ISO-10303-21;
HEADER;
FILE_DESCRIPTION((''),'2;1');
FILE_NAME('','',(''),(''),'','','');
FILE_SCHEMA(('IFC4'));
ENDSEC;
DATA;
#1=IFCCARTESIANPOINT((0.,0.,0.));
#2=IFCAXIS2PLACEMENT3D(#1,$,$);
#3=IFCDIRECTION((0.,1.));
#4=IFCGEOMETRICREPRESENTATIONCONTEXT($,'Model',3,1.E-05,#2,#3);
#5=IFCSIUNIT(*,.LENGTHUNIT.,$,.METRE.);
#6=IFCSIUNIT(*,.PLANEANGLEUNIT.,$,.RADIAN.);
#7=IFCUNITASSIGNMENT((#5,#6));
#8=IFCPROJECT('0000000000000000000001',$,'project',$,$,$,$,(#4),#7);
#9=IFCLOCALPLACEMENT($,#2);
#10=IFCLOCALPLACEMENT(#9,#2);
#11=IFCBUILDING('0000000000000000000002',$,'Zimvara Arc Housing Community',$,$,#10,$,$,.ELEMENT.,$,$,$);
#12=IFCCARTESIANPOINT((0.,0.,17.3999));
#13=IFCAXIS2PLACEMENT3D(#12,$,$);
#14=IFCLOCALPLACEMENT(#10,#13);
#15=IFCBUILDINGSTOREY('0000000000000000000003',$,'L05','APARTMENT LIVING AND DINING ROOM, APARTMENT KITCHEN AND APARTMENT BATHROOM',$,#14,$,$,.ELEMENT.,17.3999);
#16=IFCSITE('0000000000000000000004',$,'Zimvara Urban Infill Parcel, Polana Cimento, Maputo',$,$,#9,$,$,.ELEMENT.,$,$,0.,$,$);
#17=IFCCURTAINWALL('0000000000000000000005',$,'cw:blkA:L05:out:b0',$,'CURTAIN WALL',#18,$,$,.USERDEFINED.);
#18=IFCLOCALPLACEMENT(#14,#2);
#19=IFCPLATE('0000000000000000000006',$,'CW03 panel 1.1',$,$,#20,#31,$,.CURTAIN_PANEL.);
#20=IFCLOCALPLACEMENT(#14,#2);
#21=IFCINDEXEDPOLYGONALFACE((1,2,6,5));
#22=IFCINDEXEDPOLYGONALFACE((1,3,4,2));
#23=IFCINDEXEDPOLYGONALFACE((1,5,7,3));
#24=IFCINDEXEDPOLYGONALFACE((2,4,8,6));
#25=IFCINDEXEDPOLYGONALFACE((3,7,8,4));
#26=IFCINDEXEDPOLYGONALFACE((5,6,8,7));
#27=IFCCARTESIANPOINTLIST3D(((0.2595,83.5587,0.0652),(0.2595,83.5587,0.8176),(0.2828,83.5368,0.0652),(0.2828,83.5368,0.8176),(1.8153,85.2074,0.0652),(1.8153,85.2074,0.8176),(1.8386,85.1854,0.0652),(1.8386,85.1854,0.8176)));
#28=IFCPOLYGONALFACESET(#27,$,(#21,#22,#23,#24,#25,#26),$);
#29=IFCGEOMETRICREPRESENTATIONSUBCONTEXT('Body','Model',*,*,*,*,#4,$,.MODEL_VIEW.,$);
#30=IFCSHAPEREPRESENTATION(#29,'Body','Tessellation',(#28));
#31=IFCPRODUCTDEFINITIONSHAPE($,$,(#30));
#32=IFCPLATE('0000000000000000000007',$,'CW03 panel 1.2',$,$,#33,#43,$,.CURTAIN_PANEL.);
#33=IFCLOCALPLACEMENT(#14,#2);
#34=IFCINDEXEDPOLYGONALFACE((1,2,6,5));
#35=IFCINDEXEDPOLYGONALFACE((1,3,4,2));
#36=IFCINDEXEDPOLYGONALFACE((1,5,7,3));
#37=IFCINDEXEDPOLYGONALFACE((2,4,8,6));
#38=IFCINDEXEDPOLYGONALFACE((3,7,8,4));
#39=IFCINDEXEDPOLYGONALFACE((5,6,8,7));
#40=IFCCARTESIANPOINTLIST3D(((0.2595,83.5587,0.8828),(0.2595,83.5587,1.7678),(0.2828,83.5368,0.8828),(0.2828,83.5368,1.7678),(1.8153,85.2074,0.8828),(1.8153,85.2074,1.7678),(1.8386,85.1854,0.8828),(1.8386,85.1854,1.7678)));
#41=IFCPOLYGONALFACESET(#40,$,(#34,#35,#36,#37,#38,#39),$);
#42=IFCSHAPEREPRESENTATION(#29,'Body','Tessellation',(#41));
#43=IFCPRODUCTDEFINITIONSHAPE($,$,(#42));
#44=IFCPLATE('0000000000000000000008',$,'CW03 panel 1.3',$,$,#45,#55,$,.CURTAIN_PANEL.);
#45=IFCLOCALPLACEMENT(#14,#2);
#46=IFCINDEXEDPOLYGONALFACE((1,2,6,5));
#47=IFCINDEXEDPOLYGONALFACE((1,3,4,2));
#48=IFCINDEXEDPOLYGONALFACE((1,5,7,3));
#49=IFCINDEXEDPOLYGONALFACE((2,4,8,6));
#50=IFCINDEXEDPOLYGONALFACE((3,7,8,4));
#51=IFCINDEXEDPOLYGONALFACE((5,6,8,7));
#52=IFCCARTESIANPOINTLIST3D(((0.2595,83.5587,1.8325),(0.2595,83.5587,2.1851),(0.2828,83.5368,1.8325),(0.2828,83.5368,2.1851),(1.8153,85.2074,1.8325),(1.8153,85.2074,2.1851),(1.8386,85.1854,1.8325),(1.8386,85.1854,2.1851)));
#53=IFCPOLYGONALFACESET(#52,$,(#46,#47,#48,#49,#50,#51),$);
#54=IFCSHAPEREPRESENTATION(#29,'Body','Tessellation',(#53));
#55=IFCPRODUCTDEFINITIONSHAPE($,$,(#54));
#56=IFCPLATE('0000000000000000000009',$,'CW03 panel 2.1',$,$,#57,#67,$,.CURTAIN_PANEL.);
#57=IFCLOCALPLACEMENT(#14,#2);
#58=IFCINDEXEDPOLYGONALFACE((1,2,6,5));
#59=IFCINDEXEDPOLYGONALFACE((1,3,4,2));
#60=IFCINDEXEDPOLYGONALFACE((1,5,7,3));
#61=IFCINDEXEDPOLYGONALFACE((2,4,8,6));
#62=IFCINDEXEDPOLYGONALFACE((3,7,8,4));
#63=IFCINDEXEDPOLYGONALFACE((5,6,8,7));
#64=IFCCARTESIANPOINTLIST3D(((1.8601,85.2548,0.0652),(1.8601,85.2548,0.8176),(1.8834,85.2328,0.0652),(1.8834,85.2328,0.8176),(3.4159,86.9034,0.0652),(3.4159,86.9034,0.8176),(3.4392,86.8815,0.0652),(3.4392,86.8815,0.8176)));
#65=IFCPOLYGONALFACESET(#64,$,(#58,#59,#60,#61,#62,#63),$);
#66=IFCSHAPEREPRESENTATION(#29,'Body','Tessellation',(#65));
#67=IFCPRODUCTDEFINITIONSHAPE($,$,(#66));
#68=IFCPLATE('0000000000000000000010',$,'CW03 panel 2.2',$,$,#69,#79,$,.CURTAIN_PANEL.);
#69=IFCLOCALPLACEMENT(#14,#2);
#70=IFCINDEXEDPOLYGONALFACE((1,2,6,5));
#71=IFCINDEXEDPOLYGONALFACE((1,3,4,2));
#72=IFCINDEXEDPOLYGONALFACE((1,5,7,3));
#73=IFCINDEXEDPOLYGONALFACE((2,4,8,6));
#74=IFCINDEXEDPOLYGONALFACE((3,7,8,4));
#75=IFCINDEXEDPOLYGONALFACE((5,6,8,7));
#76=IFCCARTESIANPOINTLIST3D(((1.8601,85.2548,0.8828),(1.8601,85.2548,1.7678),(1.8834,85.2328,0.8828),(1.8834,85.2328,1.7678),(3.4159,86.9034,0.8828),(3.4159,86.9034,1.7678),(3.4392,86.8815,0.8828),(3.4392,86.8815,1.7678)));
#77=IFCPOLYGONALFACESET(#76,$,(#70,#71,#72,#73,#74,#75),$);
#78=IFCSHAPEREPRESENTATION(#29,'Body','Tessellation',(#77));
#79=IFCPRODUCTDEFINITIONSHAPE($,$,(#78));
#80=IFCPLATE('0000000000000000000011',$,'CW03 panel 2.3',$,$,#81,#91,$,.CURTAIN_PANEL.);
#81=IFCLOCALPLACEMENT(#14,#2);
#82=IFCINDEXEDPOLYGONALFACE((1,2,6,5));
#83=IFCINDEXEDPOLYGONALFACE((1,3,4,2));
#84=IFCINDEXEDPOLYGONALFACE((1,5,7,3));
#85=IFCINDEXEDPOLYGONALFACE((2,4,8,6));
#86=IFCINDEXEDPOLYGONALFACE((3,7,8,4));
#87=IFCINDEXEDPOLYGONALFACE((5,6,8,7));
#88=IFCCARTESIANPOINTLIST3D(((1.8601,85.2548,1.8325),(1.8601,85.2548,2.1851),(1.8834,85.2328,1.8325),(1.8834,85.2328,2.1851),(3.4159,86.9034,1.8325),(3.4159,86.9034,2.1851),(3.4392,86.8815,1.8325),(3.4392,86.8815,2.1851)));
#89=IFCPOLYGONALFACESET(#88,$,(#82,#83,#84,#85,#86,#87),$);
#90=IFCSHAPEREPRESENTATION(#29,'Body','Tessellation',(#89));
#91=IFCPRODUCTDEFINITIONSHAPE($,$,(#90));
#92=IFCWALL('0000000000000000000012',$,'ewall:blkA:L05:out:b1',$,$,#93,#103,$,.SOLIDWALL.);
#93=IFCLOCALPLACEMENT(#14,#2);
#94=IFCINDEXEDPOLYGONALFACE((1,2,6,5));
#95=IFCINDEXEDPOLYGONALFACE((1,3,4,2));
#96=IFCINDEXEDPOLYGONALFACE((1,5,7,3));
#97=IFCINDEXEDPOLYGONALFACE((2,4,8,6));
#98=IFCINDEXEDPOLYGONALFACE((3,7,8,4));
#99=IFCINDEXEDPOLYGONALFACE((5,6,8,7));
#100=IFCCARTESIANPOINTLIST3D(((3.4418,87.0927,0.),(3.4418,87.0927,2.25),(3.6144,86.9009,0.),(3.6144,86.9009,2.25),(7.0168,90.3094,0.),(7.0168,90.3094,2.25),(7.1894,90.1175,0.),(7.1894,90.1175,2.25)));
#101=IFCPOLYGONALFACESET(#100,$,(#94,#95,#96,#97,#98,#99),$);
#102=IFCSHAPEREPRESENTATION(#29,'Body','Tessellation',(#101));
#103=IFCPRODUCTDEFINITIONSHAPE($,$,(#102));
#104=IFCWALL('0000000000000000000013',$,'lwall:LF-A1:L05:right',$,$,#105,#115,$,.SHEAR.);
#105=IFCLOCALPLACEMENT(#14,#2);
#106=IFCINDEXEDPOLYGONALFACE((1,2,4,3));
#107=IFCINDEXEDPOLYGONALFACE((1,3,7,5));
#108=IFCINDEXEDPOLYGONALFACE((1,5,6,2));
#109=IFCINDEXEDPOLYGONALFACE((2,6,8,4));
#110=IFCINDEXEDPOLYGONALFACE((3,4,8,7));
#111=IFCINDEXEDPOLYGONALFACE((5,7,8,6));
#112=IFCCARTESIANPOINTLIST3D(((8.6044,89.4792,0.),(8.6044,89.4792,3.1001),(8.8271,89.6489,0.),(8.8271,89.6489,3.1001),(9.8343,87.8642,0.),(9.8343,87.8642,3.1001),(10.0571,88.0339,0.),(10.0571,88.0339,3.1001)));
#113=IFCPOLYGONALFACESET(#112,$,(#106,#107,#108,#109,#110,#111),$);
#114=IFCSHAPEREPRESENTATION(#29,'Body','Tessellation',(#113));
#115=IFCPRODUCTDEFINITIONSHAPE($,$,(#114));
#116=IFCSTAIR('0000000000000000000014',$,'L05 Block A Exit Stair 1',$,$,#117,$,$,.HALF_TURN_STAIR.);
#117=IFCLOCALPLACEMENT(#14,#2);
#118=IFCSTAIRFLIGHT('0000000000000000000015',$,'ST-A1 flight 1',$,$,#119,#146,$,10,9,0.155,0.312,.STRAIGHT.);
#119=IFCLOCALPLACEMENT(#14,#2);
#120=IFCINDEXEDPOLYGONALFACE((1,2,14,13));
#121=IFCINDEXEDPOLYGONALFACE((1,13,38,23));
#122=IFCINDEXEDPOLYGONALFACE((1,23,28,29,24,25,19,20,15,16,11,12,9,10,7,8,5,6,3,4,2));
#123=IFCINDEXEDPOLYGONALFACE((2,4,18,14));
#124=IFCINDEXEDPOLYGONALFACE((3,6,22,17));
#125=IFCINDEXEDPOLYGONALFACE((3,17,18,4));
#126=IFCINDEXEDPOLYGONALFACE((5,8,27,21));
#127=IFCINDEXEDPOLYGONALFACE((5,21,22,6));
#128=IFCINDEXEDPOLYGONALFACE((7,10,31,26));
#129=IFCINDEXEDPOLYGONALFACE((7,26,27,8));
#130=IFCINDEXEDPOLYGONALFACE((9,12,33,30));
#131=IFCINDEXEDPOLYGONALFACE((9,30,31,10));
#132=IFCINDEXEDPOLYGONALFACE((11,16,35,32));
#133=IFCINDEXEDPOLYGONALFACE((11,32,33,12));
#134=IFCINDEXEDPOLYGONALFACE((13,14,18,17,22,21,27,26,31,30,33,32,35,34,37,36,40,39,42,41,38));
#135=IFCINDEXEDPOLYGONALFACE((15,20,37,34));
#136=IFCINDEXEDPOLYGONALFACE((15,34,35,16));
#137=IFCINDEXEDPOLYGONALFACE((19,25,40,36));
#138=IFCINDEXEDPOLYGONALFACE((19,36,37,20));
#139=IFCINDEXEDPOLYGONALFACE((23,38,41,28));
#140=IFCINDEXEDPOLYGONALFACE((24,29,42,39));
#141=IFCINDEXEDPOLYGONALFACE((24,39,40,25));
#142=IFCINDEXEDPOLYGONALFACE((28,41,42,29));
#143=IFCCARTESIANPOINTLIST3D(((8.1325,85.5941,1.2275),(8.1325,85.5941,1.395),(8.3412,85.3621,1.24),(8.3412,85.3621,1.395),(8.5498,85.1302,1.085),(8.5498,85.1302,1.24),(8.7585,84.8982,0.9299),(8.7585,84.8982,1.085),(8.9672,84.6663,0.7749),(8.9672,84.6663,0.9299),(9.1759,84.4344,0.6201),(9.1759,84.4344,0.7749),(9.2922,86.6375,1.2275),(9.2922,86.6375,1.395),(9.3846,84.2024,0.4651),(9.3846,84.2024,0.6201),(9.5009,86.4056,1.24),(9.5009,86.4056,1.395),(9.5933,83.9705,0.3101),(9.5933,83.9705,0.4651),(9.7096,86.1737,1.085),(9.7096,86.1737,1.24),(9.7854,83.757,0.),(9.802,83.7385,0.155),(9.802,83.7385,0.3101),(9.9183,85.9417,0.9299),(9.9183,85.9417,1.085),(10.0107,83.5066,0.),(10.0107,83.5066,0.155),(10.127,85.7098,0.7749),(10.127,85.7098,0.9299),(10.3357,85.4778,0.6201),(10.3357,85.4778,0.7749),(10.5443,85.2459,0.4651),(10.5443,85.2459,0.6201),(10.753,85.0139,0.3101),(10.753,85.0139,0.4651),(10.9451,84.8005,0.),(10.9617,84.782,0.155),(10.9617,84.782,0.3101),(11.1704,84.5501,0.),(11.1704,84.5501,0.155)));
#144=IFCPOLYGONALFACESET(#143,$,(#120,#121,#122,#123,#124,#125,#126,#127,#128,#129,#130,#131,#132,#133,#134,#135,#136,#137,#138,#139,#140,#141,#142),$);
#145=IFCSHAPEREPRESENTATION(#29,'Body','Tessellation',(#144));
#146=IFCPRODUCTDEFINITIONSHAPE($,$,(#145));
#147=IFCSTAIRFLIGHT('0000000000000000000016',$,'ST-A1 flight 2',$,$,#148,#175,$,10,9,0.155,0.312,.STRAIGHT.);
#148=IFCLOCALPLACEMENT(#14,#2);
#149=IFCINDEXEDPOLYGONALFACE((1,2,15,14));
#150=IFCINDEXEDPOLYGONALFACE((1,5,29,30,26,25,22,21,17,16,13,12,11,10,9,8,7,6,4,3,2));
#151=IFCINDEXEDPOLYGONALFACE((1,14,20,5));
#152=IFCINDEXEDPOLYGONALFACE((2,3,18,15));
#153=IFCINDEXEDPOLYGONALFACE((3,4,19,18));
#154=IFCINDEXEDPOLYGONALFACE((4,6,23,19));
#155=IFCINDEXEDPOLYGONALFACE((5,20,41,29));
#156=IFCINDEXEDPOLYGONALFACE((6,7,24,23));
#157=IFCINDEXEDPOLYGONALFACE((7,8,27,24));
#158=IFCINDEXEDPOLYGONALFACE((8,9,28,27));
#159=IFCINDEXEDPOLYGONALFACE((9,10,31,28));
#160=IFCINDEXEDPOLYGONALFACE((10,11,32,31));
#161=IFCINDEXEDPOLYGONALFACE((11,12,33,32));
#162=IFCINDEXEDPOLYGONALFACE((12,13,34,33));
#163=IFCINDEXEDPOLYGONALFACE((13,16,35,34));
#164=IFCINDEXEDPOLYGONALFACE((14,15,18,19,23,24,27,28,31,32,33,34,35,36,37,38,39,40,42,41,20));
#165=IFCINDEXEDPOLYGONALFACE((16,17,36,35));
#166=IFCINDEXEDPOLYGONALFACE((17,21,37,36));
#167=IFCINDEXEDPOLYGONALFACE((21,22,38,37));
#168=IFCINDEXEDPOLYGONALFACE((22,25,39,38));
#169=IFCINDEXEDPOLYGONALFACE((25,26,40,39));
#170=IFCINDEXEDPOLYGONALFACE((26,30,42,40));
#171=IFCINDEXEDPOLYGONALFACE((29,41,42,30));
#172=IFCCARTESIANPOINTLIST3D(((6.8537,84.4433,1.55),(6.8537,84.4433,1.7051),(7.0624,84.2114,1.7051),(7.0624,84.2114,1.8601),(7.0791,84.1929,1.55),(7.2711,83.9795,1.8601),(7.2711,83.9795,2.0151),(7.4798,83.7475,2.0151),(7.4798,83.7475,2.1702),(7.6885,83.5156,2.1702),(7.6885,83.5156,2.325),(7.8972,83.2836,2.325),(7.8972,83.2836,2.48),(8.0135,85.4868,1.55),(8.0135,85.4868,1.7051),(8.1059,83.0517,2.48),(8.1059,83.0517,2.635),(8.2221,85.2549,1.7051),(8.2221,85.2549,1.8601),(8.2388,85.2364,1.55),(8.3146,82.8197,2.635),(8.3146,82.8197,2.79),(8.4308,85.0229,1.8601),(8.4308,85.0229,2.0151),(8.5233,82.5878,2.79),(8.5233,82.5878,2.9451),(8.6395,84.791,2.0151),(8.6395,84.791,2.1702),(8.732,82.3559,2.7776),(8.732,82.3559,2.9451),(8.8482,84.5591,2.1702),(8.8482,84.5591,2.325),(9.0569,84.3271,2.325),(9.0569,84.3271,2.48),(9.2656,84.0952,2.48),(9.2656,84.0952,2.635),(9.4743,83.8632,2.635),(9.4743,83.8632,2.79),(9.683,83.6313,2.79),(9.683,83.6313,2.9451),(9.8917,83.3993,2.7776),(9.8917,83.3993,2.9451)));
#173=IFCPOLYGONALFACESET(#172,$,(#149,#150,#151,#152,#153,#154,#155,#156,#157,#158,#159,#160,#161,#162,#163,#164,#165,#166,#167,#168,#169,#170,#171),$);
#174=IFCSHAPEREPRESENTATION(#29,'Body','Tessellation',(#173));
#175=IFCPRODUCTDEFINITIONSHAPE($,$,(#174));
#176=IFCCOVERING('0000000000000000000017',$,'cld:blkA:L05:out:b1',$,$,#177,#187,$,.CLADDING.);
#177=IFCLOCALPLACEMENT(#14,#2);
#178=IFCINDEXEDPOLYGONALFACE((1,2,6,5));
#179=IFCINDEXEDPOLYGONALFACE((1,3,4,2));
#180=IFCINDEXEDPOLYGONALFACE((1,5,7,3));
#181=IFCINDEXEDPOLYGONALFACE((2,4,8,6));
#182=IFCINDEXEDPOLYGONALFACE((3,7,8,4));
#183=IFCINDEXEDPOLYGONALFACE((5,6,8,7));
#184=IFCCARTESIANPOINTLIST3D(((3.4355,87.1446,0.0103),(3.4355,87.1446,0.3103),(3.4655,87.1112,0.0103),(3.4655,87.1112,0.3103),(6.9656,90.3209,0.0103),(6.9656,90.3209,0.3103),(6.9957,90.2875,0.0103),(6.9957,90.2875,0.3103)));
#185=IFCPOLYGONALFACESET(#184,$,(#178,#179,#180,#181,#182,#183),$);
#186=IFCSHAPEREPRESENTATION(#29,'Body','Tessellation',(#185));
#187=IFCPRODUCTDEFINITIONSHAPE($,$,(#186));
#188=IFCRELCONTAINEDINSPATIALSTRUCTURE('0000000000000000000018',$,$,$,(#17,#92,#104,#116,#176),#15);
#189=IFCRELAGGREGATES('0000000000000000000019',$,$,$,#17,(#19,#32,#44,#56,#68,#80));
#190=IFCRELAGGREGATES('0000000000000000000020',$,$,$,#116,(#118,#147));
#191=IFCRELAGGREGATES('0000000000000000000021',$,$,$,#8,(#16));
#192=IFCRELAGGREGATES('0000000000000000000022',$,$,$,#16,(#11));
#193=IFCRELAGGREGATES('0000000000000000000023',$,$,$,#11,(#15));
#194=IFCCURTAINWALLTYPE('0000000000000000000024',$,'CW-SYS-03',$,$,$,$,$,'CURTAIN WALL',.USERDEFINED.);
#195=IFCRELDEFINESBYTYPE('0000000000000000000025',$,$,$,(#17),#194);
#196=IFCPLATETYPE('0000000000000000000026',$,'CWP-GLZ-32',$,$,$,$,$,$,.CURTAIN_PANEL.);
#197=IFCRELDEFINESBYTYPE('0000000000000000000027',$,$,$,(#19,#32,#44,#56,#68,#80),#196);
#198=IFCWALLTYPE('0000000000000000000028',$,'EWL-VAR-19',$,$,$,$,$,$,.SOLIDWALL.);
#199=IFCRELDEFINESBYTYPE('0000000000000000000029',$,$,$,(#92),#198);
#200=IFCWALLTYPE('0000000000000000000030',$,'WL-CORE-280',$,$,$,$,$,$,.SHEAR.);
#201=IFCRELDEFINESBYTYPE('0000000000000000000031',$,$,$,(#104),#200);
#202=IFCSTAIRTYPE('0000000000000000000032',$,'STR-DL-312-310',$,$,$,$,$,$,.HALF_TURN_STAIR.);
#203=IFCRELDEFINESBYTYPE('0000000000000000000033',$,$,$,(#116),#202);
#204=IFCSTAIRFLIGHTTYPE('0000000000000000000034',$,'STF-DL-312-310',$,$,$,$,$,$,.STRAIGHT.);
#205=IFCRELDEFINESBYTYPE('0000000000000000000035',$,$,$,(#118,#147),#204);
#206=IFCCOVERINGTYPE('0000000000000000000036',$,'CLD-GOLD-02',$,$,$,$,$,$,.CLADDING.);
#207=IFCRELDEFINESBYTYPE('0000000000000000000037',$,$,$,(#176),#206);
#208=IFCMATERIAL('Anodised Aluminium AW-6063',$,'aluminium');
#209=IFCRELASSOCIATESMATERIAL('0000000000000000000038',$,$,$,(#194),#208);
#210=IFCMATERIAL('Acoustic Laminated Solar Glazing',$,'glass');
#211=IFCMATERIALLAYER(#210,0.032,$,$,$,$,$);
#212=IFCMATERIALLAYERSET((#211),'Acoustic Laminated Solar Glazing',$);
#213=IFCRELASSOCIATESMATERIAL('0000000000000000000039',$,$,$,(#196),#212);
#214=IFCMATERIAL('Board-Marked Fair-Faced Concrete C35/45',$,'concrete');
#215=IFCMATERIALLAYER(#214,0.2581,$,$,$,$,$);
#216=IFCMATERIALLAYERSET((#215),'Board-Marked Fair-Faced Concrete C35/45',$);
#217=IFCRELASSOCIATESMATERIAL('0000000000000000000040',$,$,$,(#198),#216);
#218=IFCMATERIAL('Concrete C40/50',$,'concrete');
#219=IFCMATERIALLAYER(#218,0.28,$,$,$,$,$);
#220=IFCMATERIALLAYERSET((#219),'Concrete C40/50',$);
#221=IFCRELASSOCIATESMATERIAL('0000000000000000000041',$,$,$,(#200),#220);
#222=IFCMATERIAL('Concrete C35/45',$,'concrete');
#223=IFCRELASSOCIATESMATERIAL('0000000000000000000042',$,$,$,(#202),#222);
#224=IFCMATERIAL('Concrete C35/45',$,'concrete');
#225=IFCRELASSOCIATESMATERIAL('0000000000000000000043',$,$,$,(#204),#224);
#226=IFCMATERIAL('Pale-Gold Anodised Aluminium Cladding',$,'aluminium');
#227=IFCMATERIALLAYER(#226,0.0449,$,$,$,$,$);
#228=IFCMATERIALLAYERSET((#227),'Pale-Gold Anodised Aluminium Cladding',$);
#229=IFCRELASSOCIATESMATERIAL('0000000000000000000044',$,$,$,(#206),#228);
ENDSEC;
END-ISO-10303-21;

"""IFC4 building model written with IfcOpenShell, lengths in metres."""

from ifc_helpers import new_model, si_unit, direction, frame, frame_2d, origin, origin_2d, place, context, subcontext, project, spatial, polyline, rectangle, outline, extrude, material, layer, layer_set, type_object, element, aggregate, save


model = new_model("IFC4")

# Units and contexts
model_context = context("Model", 3, precision=1e-05, world=origin(), true_north=direction((0.0, 1.0)))
body_context = subcontext(model_context, "Body", "Model", "MODEL_VIEW")
ifc_project = project(units=[si_unit("LENGTHUNIT", "METRE"), si_unit("PLANEANGLEUNIT", "RADIAN")], contexts=[model_context])

# Site, building, storey
site_placement = place(None, origin())
site = spatial("IfcSite", under=ifc_project, at=site_placement, Name="Zimvara Urban Infill Parcel, Polana Cimento, Maputo", CompositionType="ELEMENT", RefElevation=0.0)
building_placement = place(site_placement, origin())
building = spatial("IfcBuilding", under=site, at=building_placement, Name="Zimvara Arc Housing Community", CompositionType="ELEMENT")
storey_placement = place(building_placement, frame((0.0, 0.0, 17.3999)))
storey = spatial("IfcBuildingStorey", under=building, at=storey_placement, Name="L05", Description="APARTMENT LIVING AND DINING ROOM, APARTMENT KITCHEN AND APARTMENT BATHROOM", CompositionType="ELEMENT", Elevation=17.3999)

# Curtain wall, plates
ifc_material_1 = material(Name="Anodised Aluminium AW-6063", Category="aluminium")
curtain_wall_type = type_object("IfcCurtainWallType", Name="CW-SYS-03", ElementType="CURTAIN WALL", PredefinedType="USERDEFINED", material=ifc_material_1)
curtain_wall_placement = place(storey_placement, origin())
curtain_wall = element("IfcCurtainWall", 1, at=curtain_wall_placement, inside=storey, type_object=curtain_wall_type, Name="cw:blkA:L05:out:b0", ObjectType="CURTAIN WALL", PredefinedType="USERDEFINED")
ifc_material_2 = material(Name="Acoustic Laminated Solar Glazing", Category="glass")
ifc_layer_1 = layer(ifc_material_2, 0.032)
ifc_layer_set_1 = layer_set([ifc_layer_1], Name="Acoustic Laminated Solar Glazing")
plate_type = type_object("IfcPlateType", Name="CWP-GLZ-32", PredefinedType="CURTAIN_PANEL", material=ifc_layer_set_1)
plate_1_placement = place(storey_placement, frame((1.0491, 84.3721, 0.0652), z_axis=(0.0, 0.0, 1.0), x_axis=(0.686326, 0.727294, 0.0)))
plate_1 = element("IfcPlate", 2, at=plate_1_placement, type_object=plate_type, Name="CW03 panel 1.1", PredefinedType="CURTAIN_PANEL", context=body_context, shape_type="SweptSolid", body=[
    extrude(rectangle(XDim=2.2668, YDim=0.032, at=origin_2d()), origin(), (0.0, 0.0, 1.0), 0.7524),
])
plate_2_placement = place(storey_placement, frame((1.0491, 84.3721, 0.8828), z_axis=(0.0, 0.0, 1.0), x_axis=(0.686326, 0.727294, 0.0)))
plate_2 = element("IfcPlate", 3, at=plate_2_placement, type_object=plate_type, Name="CW03 panel 1.2", PredefinedType="CURTAIN_PANEL", context=body_context, shape_type="SweptSolid", body=[
    extrude(rectangle(XDim=2.2668, YDim=0.032, at=origin_2d()), origin(), (0.0, 0.0, 1.0), 0.885),
])
plate_3_placement = place(storey_placement, frame((1.0491, 84.3721, 1.8325), z_axis=(0.0, 0.0, 1.0), x_axis=(0.686326, 0.727294, 0.0)))
plate_3 = element("IfcPlate", 4, at=plate_3_placement, type_object=plate_type, Name="CW03 panel 1.3", PredefinedType="CURTAIN_PANEL", context=body_context, shape_type="SweptSolid", body=[
    extrude(rectangle(XDim=2.2668, YDim=0.032, at=origin_2d()), origin(), (0.0, 0.0, 1.0), 0.3525),
])
plate_4_placement = place(storey_placement, frame((2.6497, 86.0681, 0.0652), z_axis=(0.0, 0.0, 1.0), x_axis=(0.686326, 0.727294, 0.0)))
plate_4 = element("IfcPlate", 5, at=plate_4_placement, type_object=plate_type, Name="CW03 panel 2.1", PredefinedType="CURTAIN_PANEL", context=body_context, shape_type="SweptSolid", body=[
    extrude(rectangle(XDim=2.2668, YDim=0.032, at=origin_2d()), origin(), (0.0, 0.0, 1.0), 0.7524),
])
plate_5_placement = place(storey_placement, frame((2.6497, 86.0681, 0.8828), z_axis=(0.0, 0.0, 1.0), x_axis=(0.686326, 0.727294, 0.0)))
plate_5 = element("IfcPlate", 6, at=plate_5_placement, type_object=plate_type, Name="CW03 panel 2.2", PredefinedType="CURTAIN_PANEL", context=body_context, shape_type="SweptSolid", body=[
    extrude(rectangle(XDim=2.2668, YDim=0.032, at=origin_2d()), origin(), (0.0, 0.0, 1.0), 0.885),
])
plate_6_placement = place(storey_placement, frame((2.6497, 86.0681, 1.8325), z_axis=(0.0, 0.0, 1.0), x_axis=(0.686326, 0.727294, 0.0)))
plate_6 = element("IfcPlate", 7, at=plate_6_placement, type_object=plate_type, Name="CW03 panel 2.3", PredefinedType="CURTAIN_PANEL", context=body_context, shape_type="SweptSolid", body=[
    extrude(rectangle(XDim=2.2668, YDim=0.032, at=origin_2d()), origin(), (0.0, 0.0, 1.0), 0.3525),
])
aggregate(curtain_wall, [plate_1, plate_2, plate_3, plate_4, plate_5, plate_6])

# Walls
ifc_material_3 = material(Name="Board-Marked Fair-Faced Concrete C35/45", Category="concrete")
ifc_layer_2 = layer(ifc_material_3, 0.2581)
ifc_layer_set_2 = layer_set([ifc_layer_2], Name="Board-Marked Fair-Faced Concrete C35/45")
wall_type_1 = type_object("IfcWallType", Name="EWL-VAR-19", PredefinedType="SOLIDWALL", material=ifc_layer_set_2)
wall_1_placement = place(storey_placement, frame((3.5281, 86.9968, 0.0), z_axis=(0.0, 0.0, 1.0), x_axis=(0.743388, 0.668861, 0.0)))
element("IfcWall", 8, at=wall_1_placement, inside=storey, type_object=wall_type_1, Name="ewall:blkA:L05:out:b1", PredefinedType="SOLIDWALL", context=body_context, shape_type="SweptSolid", body=[
    extrude(rectangle(XDim=4.8091, YDim=0.2581, at=frame_2d((2.4045, 0.0))), origin(), (0.0, 0.0, 1.0), 2.25),
])
ifc_material_4 = material(Name="Concrete C40/50", Category="concrete")
ifc_layer_3 = layer(ifc_material_4, 0.28)
ifc_layer_set_3 = layer_set([ifc_layer_3], Name="Concrete C40/50")
wall_type_2 = type_object("IfcWallType", Name="WL-CORE-280", PredefinedType="SHEAR", material=ifc_layer_set_3)
wall_2_placement = place(storey_placement, frame((9.9458, 87.949, 0.0), z_axis=(0.0, 0.0, 1.0), x_axis=(-0.605891, 0.795548, 0.0)))
element("IfcWall", 9, at=wall_2_placement, inside=storey, type_object=wall_type_2, Name="lwall:LF-A1:L05:right", PredefinedType="SHEAR", context=body_context, shape_type="SweptSolid", body=[
    extrude(rectangle(XDim=2.03, YDim=0.28, at=frame_2d((1.0151, 0.0))), origin(), (0.0, 0.0, 1.0), 3.1001),
])

# Stair, stair flights
ifc_material_5 = material(Name="Concrete C35/45", Category="concrete")
stair_type = type_object("IfcStairType", Name="STR-DL-312-310", PredefinedType="HALF_TURN_STAIR", material=ifc_material_5)
stair_placement = place(storey_placement, origin())
stair = element("IfcStair", 10, at=stair_placement, inside=storey, type_object=stair_type, Name="L05 Block A Exit Stair 1", PredefinedType="HALF_TURN_STAIR")
ifc_material_6 = material(Name="Concrete C35/45", Category="concrete")
stair_flight_type = type_object("IfcStairFlightType", Name="STF-DL-312-310", PredefinedType="STRAIGHT", material=ifc_material_6)
stair_flight_1_placement = place(storey_placement, frame((10.5906, 84.0283, 0.0), z_axis=(0.0, 0.0, 1.0), x_axis=(-0.668871, 0.743378, 0.0)))
stair_flight_1 = element("IfcStairFlight", 11, at=stair_flight_1_placement, type_object=stair_flight_type, Name="ST-A1 flight 1", NumberOfRisers=10, NumberOfTreads=9, PredefinedType="STRAIGHT", RiserHeight=0.155, TreadLength=0.312, context=body_context, shape_type="SweptSolid", body=[
    extrude(outline(polyline([(0.0, 0.0), (0.0, 0.155), (0.312, 0.155), (0.312, 0.3101), (0.624, 0.3101), (0.624, 0.4651), (0.936, 0.4651), (0.936, 0.6201), (1.248, 0.6201), (1.248, 0.7749), (1.5601, 0.7749), (1.5601, 0.9299), (1.8721, 0.9299), (1.8721, 1.085), (2.1841, 1.085), (2.1841, 1.24), (2.4961, 1.24), (2.4961, 1.395), (2.8081, 1.395), (2.8081, 1.55), (2.8081, 1.2275), (0.3369, 0.0), (0.0, 0.0)])), frame((0.0, 0.78, 0.0), z_axis=(0.0, -1.0, 0.0), x_axis=(1.0, 0.0, 0.0)), (0.0, 0.0, 1.0), 1.5601),
])
stair_flight_2_placement = place(storey_placement, frame((7.4336, 84.9651, 1.55), z_axis=(0.0, 0.0, 1.0), x_axis=(0.668871, -0.743378, 0.0)))
stair_flight_2 = element("IfcStairFlight", 12, at=stair_flight_2_placement, type_object=stair_flight_type, Name="ST-A1 flight 2", NumberOfRisers=10, NumberOfTreads=9, PredefinedType="STRAIGHT", RiserHeight=0.155, TreadLength=0.312, context=body_context, shape_type="SweptSolid", body=[
    extrude(outline(polyline([(0.0, 0.0), (0.0, 0.155), (0.312, 0.155), (0.312, 0.3101), (0.624, 0.3101), (0.624, 0.4651), (0.936, 0.4651), (0.936, 0.6201), (1.248, 0.6201), (1.248, 0.7749), (1.5601, 0.7749), (1.5601, 0.9299), (1.8721, 0.9299), (1.8721, 1.085), (2.1841, 1.085), (2.1841, 1.24), (2.4961, 1.24), (2.4961, 1.395), (2.8081, 1.395), (2.8081, 1.55), (2.8081, 1.2275), (0.3369, 0.0), (0.0, 0.0)])), frame((0.0, 0.78, 0.0), z_axis=(0.0, -1.0, 0.0), x_axis=(1.0, 0.0, 0.0)), (0.0, 0.0, 1.0), 1.5601),
])
aggregate(stair, [stair_flight_1, stair_flight_2])

# Covering
ifc_material_7 = material(Name="Pale-Gold Anodised Aluminium Cladding", Category="aluminium")
ifc_layer_4 = layer(ifc_material_7, 0.0449)
ifc_layer_set_4 = layer_set([ifc_layer_4], Name="Pale-Gold Anodised Aluminium Cladding")
covering_type = type_object("IfcCoveringType", Name="CLD-GOLD-02", PredefinedType="CLADDING", material=ifc_layer_set_4)
covering_placement = place(storey_placement, frame((5.2156, 88.7161, 0.0103), z_axis=(0.0, 0.0, 1.0), x_axis=(0.743377, 0.668872, 0.0)))
element("IfcCovering", 13, at=covering_placement, inside=storey, type_object=covering_type, Name="cld:blkA:L05:out:b1", PredefinedType="CLADDING", context=body_context, shape_type="SweptSolid", body=[
    extrude(rectangle(XDim=4.7488, YDim=0.0449, at=origin_2d()), origin(), (0.0, 0.0, 1.0), 0.3),
])

save(model, "model.ifc")
